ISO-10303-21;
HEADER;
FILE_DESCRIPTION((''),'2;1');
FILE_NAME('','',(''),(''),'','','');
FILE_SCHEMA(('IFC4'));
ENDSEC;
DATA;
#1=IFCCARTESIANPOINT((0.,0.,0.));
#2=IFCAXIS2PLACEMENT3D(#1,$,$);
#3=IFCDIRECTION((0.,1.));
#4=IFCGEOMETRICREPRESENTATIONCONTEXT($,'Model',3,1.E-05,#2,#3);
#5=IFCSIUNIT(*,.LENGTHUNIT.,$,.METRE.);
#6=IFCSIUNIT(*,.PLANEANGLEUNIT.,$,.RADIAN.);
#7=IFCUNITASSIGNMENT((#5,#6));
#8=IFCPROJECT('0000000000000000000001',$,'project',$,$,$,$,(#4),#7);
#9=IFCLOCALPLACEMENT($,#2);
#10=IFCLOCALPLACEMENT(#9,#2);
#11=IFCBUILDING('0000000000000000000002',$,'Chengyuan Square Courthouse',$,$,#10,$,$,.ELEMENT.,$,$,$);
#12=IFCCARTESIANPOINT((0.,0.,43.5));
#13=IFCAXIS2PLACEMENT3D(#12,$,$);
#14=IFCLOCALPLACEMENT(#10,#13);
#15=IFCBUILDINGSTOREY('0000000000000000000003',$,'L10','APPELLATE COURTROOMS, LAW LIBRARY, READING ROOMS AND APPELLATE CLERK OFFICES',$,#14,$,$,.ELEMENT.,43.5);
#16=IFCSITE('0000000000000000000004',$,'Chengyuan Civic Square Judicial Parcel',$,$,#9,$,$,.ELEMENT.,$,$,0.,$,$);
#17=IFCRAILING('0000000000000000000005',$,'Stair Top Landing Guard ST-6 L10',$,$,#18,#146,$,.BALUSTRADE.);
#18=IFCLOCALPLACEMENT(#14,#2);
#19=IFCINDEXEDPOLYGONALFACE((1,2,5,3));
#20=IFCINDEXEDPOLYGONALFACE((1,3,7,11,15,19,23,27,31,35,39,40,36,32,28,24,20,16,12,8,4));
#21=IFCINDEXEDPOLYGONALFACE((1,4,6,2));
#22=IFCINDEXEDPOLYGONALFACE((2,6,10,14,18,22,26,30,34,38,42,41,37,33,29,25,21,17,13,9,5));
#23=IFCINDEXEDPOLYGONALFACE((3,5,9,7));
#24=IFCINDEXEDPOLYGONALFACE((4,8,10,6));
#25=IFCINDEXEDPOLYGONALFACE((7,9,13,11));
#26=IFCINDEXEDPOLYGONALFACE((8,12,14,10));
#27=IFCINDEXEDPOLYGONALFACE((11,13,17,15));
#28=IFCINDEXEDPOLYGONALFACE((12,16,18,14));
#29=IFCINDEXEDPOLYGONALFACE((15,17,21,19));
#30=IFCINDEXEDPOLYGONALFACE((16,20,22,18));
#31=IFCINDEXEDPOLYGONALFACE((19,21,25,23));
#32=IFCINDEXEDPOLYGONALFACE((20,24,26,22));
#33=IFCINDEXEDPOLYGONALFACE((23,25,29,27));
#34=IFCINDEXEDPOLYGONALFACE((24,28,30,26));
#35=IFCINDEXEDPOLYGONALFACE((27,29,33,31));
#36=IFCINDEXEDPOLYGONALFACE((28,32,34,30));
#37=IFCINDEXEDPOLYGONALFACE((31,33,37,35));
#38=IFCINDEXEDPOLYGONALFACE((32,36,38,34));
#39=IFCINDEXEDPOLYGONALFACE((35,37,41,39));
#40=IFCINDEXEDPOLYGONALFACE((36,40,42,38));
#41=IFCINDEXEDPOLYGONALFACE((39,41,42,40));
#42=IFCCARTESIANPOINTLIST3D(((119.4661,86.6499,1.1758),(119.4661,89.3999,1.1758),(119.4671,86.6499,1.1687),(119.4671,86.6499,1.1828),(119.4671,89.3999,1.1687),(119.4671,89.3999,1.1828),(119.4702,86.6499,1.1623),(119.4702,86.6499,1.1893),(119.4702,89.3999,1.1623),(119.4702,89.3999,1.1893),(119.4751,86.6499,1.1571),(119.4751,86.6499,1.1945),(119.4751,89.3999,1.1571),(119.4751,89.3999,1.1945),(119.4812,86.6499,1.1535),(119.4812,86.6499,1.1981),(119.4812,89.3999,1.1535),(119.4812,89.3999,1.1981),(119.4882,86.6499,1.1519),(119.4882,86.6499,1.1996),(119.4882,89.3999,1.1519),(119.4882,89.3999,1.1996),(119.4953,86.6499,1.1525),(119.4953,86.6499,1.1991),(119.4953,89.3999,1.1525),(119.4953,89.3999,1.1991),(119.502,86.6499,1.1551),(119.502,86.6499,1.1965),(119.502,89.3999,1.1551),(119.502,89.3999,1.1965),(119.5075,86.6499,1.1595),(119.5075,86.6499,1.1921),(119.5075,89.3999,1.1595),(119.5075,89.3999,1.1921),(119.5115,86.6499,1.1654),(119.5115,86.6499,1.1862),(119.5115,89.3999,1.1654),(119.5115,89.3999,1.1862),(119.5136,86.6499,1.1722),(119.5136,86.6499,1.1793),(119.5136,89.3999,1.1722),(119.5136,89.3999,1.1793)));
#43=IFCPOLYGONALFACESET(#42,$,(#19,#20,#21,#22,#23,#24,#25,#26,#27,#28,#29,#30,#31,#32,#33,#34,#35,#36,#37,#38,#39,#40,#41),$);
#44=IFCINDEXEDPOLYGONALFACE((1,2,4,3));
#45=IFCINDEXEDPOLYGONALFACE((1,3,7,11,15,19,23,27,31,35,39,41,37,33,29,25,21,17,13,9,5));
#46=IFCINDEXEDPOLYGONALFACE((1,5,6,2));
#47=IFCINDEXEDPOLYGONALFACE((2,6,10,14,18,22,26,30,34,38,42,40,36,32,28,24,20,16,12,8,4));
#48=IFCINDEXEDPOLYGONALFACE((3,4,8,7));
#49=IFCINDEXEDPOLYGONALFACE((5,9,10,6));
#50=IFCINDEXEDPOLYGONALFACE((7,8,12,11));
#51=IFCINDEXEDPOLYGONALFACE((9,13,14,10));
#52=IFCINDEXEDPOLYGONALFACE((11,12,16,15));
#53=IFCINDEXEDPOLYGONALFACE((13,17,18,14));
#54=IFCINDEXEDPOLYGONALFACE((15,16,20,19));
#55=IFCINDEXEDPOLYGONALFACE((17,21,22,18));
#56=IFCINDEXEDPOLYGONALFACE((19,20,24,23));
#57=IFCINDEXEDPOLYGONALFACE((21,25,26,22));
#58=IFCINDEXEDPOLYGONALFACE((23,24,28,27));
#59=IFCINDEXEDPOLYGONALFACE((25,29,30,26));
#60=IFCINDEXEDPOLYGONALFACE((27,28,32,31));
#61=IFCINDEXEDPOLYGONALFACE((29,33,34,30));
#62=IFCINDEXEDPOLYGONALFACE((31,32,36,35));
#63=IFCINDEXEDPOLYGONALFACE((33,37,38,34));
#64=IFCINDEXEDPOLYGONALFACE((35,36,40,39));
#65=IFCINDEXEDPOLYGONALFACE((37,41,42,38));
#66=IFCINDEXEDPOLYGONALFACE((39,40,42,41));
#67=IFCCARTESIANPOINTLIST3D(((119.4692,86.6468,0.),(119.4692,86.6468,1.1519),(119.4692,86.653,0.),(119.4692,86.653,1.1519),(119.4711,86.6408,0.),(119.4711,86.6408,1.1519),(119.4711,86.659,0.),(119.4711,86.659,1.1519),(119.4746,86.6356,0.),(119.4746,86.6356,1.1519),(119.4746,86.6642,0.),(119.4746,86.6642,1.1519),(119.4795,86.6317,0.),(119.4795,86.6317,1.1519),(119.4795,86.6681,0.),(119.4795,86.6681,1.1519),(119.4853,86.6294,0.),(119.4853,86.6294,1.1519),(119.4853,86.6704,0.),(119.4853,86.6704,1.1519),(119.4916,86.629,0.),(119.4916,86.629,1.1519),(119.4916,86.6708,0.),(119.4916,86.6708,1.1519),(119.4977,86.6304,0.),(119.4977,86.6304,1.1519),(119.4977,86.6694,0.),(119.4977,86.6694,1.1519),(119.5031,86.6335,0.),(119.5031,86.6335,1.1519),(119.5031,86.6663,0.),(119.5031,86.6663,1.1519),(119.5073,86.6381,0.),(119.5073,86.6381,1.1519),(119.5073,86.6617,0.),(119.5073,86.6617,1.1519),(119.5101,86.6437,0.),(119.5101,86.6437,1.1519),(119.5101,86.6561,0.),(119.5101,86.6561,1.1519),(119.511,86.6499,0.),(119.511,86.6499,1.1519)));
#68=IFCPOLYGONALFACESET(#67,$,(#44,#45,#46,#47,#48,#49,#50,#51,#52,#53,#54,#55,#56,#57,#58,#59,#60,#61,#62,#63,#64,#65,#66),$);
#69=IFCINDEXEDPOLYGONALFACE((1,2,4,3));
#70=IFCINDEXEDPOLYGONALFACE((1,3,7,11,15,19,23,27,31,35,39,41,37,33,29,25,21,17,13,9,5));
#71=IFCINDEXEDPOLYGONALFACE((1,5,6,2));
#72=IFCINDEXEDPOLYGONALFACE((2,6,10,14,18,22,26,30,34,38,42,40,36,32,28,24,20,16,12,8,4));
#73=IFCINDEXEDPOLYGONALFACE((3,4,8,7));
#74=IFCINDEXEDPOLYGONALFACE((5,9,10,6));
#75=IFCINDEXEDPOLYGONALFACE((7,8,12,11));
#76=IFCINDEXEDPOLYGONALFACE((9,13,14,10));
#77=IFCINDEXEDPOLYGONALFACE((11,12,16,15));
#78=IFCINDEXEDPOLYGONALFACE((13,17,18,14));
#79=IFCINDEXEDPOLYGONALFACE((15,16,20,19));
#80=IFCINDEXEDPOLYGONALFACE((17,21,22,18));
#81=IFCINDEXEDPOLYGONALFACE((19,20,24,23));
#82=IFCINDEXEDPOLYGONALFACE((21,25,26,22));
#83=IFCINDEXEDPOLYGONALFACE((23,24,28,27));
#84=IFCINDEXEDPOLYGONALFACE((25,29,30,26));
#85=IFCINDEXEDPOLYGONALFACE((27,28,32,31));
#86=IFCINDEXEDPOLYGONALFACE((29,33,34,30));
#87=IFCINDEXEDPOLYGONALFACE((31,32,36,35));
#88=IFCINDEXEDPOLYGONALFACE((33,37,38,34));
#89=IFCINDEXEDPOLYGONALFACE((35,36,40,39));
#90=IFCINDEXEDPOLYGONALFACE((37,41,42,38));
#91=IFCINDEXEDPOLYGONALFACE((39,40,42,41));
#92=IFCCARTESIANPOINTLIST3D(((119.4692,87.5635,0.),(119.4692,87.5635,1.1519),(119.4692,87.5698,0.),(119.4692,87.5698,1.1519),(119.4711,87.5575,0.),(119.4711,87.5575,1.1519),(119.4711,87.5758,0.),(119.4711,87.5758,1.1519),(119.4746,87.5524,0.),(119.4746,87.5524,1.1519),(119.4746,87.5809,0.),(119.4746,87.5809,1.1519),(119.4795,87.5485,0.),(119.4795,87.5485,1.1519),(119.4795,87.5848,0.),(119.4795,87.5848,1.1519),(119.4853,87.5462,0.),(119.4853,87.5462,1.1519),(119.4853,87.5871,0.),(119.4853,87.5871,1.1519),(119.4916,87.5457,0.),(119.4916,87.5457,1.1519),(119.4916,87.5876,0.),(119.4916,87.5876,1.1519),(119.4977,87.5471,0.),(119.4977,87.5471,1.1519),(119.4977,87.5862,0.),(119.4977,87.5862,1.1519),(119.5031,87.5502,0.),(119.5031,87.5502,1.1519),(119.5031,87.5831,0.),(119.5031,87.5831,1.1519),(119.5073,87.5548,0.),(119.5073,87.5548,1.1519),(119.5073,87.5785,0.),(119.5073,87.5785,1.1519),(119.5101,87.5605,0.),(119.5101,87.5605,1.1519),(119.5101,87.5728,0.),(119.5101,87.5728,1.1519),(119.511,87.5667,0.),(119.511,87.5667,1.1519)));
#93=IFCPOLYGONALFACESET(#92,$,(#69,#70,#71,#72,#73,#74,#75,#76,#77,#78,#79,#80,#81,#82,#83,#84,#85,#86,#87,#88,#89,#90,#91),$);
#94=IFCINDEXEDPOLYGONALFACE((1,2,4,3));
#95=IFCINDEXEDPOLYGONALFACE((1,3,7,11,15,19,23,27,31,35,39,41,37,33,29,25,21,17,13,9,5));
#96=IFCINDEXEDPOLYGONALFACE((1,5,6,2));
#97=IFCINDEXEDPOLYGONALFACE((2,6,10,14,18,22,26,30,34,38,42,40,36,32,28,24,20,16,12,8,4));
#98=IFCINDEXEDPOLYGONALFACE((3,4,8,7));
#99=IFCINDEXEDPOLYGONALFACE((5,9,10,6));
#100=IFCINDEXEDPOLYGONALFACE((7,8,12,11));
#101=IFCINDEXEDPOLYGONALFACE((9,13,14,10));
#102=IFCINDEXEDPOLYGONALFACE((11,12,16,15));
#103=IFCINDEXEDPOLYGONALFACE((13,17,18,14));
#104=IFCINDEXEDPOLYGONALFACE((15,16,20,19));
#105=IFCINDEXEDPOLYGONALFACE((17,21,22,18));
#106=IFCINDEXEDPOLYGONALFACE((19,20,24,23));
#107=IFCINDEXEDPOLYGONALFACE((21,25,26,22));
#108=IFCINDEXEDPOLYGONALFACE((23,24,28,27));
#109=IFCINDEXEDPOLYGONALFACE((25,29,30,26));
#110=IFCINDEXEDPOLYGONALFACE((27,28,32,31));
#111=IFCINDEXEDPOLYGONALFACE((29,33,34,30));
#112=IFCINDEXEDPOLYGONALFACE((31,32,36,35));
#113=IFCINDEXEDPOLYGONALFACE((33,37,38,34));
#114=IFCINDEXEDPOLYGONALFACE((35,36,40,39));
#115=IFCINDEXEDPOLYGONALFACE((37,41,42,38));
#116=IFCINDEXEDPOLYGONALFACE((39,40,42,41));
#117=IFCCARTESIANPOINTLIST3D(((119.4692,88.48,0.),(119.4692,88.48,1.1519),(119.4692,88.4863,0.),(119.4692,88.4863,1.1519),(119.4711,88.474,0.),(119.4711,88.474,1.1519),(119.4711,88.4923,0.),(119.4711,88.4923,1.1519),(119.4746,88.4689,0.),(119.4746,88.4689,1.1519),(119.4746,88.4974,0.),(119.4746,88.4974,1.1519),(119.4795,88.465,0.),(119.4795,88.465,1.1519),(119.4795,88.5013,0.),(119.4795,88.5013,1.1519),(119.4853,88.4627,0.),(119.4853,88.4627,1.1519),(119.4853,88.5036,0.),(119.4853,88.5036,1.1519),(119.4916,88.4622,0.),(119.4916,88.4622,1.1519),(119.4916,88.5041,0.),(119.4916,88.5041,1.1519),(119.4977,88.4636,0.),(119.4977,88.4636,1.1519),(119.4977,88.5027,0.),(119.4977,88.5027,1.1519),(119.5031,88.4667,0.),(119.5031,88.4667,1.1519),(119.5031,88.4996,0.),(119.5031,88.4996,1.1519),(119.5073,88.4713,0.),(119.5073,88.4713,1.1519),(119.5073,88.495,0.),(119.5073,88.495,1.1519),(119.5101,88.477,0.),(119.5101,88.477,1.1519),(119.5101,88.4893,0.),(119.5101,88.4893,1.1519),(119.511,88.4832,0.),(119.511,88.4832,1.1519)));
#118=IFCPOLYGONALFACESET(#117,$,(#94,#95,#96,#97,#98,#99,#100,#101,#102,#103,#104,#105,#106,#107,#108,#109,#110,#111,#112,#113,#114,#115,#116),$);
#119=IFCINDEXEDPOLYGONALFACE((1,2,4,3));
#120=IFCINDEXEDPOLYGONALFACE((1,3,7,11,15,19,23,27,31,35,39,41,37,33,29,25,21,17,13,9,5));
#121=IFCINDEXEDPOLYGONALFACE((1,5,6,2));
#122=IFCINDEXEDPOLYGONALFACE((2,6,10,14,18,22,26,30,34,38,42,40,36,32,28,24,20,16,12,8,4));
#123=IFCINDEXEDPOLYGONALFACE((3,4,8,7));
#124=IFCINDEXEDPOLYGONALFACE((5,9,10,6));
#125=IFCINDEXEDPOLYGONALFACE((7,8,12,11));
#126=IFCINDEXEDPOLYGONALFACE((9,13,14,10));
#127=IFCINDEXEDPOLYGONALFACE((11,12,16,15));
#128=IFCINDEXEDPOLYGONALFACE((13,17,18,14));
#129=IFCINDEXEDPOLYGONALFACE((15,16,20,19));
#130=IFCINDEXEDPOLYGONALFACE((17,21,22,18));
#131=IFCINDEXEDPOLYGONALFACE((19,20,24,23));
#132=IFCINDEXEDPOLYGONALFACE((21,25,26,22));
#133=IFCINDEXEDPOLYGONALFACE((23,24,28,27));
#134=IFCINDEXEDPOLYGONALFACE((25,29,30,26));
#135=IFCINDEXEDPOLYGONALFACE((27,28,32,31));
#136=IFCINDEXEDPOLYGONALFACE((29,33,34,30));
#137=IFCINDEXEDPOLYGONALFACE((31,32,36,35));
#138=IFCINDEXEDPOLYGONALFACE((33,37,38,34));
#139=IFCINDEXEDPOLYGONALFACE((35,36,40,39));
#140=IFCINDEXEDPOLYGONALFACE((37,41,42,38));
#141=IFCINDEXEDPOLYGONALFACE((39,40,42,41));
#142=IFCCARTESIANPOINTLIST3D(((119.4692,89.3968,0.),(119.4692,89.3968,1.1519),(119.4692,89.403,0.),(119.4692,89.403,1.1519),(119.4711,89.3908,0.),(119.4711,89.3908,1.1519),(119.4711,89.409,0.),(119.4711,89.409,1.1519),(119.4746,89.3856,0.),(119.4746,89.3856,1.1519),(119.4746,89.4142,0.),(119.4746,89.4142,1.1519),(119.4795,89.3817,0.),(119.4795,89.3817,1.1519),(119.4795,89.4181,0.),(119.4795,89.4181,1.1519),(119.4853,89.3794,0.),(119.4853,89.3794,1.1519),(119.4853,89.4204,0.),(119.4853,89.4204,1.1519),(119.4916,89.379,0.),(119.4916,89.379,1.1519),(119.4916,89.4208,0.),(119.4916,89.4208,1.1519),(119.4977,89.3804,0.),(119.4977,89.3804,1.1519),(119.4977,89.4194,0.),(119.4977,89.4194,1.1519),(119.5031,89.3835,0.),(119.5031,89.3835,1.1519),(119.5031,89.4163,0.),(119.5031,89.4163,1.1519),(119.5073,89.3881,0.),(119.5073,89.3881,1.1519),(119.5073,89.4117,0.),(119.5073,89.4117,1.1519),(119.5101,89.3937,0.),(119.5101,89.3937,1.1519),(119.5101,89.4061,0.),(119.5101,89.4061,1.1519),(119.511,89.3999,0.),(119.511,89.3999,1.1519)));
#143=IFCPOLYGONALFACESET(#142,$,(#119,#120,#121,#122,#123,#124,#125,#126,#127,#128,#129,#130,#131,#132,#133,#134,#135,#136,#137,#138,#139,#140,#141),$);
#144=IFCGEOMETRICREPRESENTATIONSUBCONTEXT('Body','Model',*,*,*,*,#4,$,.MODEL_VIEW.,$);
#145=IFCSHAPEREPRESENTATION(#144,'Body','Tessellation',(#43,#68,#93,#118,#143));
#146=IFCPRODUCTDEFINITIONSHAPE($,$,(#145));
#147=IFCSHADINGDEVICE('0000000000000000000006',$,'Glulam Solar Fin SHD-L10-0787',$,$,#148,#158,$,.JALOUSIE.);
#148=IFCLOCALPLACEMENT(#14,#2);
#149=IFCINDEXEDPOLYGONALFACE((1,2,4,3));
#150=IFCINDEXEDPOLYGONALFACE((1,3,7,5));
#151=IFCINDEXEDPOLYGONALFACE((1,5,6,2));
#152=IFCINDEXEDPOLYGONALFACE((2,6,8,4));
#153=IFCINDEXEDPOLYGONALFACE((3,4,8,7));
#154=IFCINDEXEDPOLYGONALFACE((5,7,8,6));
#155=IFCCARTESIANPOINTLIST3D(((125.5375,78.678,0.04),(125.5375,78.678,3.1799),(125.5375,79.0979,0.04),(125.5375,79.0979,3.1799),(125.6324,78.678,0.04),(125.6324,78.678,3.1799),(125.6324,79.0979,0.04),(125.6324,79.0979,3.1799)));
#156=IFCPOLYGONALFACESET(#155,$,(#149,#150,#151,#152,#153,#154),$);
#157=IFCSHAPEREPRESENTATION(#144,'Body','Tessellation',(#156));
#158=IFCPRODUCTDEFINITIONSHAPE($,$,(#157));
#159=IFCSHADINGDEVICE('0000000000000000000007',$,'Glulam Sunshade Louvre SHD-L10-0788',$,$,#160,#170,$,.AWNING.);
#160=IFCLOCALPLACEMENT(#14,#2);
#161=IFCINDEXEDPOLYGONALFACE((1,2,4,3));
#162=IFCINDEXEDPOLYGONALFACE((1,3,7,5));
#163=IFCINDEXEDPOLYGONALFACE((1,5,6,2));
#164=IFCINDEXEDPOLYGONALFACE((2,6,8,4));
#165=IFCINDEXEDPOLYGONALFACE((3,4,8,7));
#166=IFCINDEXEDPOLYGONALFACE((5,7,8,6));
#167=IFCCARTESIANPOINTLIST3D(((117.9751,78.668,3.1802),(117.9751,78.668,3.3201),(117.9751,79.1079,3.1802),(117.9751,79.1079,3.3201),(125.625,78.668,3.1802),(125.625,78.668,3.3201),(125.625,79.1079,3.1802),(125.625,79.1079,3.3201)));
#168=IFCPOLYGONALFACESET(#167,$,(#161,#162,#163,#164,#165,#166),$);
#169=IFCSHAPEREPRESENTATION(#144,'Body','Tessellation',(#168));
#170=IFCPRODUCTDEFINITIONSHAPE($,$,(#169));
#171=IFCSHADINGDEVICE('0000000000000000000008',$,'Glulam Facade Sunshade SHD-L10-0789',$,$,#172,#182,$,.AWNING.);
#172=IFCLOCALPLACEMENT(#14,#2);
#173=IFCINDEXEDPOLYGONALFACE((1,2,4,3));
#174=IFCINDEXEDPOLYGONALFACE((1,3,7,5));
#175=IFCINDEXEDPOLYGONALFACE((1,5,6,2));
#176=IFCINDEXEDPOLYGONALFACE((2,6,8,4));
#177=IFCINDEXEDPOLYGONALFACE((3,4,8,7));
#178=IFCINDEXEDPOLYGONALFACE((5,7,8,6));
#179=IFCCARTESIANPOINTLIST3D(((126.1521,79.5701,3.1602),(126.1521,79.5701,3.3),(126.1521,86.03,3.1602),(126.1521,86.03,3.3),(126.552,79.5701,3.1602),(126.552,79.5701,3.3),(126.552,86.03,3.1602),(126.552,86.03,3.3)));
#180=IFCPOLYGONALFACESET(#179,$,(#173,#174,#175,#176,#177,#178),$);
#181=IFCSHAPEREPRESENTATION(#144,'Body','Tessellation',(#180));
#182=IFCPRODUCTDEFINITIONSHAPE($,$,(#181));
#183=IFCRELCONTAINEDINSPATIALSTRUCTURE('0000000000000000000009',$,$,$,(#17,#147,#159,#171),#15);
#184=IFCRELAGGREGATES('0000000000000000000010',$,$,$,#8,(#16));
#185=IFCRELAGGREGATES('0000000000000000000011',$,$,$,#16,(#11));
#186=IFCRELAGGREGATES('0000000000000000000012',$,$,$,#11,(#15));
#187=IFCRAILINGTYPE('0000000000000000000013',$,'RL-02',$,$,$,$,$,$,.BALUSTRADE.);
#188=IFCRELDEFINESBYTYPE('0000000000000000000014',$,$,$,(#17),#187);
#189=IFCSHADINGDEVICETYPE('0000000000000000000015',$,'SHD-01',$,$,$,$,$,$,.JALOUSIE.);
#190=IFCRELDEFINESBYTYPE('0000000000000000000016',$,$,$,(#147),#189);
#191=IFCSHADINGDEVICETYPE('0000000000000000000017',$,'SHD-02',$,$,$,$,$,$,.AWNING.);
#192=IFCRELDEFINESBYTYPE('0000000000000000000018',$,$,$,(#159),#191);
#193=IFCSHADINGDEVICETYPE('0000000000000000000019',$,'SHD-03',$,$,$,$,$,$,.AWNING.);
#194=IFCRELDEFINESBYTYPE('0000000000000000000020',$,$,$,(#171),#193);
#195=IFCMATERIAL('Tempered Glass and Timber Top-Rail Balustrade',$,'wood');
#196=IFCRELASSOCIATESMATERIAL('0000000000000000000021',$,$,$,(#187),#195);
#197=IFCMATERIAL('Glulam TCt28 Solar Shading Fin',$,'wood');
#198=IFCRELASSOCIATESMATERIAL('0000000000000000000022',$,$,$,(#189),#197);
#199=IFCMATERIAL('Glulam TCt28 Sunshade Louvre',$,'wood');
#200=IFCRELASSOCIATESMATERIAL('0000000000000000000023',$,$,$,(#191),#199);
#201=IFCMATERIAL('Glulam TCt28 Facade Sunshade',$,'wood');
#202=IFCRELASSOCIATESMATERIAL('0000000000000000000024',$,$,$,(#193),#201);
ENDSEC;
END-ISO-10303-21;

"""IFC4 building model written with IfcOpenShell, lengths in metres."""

from ifc_helpers import new_model, si_unit, direction, frame, origin, origin_2d, place, context, subcontext, project, spatial, rectangle, circle, extrude, material, type_object, element, save


model = new_model("IFC4")

# Units and contexts
model_context = context("Model", 3, precision=1e-05, world=origin(), true_north=direction((0.0, 1.0)))
body_context = subcontext(model_context, "Body", "Model", "MODEL_VIEW")
ifc_project = project(units=[si_unit("LENGTHUNIT", "METRE"), si_unit("PLANEANGLEUNIT", "RADIAN")], contexts=[model_context])

# Site, building, storey
site_placement = place(None, origin())
site = spatial("IfcSite", under=ifc_project, at=site_placement, Name="Chengyuan Civic Square Judicial Parcel", CompositionType="ELEMENT", RefElevation=0.0)
building_placement = place(site_placement, origin())
building = spatial("IfcBuilding", under=site, at=building_placement, Name="Chengyuan Square Courthouse", CompositionType="ELEMENT")
storey_placement = place(building_placement, frame((0.0, 0.0, 43.5)))
storey = spatial("IfcBuildingStorey", under=building, at=storey_placement, Name="L10", Description="APPELLATE COURTROOMS, LAW LIBRARY, READING ROOMS AND APPELLATE CLERK OFFICES", CompositionType="ELEMENT", Elevation=43.5)

# Railing
ifc_material_1 = material(Name="Tempered Glass and Timber Top-Rail Balustrade", Category="wood")
railing_type = type_object("IfcRailingType", Name="RL-02", PredefinedType="BALUSTRADE", material=ifc_material_1)
railing_placement = place(storey_placement, frame((119.49, 86.6499, 0.0)))
element("IfcRailing", 1, at=railing_placement, inside=storey, type_object=railing_type, Name="Stair Top Landing Guard ST-6 L10", PredefinedType="BALUSTRADE", context=body_context, shape_type="SweptSolid", body=[
    extrude(circle(Radius=0.0239, at=origin_2d()), frame((0.0, 0.0, 1.1758), z_axis=(0.0, 1.0, 0.0), x_axis=(-1.0, 0.0, 0.0)), (0.0, 0.0, 1.0), 2.75),
    extrude(circle(Radius=0.021, at=origin_2d()), origin(), (0.0, 0.0, 1.0), 1.1519),
    extrude(circle(Radius=0.021, at=origin_2d()), frame((0.0, 0.9167, 0.0)), (0.0, 0.0, 1.0), 1.1519),
    extrude(circle(Radius=0.021, at=origin_2d()), frame((0.0, 1.8333, 0.0)), (0.0, 0.0, 1.0), 1.1519),
    extrude(circle(Radius=0.021, at=origin_2d()), frame((0.0, 2.75, 0.0)), (0.0, 0.0, 1.0), 1.1519),
])

# Shading devices
ifc_material_2 = material(Name="Glulam TCt28 Solar Shading Fin", Category="wood")
shading_device_type_1 = type_object("IfcShadingDeviceType", Name="SHD-01", PredefinedType="JALOUSIE", material=ifc_material_2)
shading_device_1_placement = place(storey_placement, frame((125.585, 78.8879, 0.04), z_axis=(0.0, 0.0, 1.0), x_axis=(0.0, 1.0, 0.0)))
element("IfcShadingDevice", 2, at=shading_device_1_placement, inside=storey, type_object=shading_device_type_1, Name="Glulam Solar Fin SHD-L10-0787", PredefinedType="JALOUSIE", context=body_context, shape_type="SweptSolid", body=[
    extrude(rectangle(XDim=0.4199, YDim=0.095, at=origin_2d()), origin(), (0.0, 0.0, 1.0), 3.1399),
])
ifc_material_3 = material(Name="Glulam TCt28 Sunshade Louvre", Category="wood")
shading_device_type_2 = type_object("IfcShadingDeviceType", Name="SHD-02", PredefinedType="AWNING", material=ifc_material_3)
shading_device_2_placement = place(storey_placement, frame((121.8, 78.8879, 3.1802), z_axis=(0.0, 0.0, 1.0), x_axis=(1.0, 0.0, 0.0)))
element("IfcShadingDevice", 3, at=shading_device_2_placement, inside=storey, type_object=shading_device_type_2, Name="Glulam Sunshade Louvre SHD-L10-0788", PredefinedType="AWNING", context=body_context, shape_type="SweptSolid", body=[
    extrude(rectangle(XDim=7.6499, YDim=0.4399, at=origin_2d()), origin(), (0.0, 0.0, 1.0), 0.1399),
])
ifc_material_4 = material(Name="Glulam TCt28 Facade Sunshade", Category="wood")
shading_device_type_3 = type_object("IfcShadingDeviceType", Name="SHD-03", PredefinedType="AWNING", material=ifc_material_4)
shading_device_3_placement = place(storey_placement, frame((126.3521, 82.8, 3.1602), z_axis=(0.0, 0.0, 1.0), x_axis=(0.0, 1.0, 0.0)))
element("IfcShadingDevice", 4, at=shading_device_3_placement, inside=storey, type_object=shading_device_type_3, Name="Glulam Facade Sunshade SHD-L10-0789", PredefinedType="AWNING", context=body_context, shape_type="SweptSolid", body=[
    extrude(rectangle(XDim=6.46, YDim=0.3999, at=origin_2d()), origin(), (0.0, 0.0, 1.0), 0.1399),
])

save(model, "model.ifc")
